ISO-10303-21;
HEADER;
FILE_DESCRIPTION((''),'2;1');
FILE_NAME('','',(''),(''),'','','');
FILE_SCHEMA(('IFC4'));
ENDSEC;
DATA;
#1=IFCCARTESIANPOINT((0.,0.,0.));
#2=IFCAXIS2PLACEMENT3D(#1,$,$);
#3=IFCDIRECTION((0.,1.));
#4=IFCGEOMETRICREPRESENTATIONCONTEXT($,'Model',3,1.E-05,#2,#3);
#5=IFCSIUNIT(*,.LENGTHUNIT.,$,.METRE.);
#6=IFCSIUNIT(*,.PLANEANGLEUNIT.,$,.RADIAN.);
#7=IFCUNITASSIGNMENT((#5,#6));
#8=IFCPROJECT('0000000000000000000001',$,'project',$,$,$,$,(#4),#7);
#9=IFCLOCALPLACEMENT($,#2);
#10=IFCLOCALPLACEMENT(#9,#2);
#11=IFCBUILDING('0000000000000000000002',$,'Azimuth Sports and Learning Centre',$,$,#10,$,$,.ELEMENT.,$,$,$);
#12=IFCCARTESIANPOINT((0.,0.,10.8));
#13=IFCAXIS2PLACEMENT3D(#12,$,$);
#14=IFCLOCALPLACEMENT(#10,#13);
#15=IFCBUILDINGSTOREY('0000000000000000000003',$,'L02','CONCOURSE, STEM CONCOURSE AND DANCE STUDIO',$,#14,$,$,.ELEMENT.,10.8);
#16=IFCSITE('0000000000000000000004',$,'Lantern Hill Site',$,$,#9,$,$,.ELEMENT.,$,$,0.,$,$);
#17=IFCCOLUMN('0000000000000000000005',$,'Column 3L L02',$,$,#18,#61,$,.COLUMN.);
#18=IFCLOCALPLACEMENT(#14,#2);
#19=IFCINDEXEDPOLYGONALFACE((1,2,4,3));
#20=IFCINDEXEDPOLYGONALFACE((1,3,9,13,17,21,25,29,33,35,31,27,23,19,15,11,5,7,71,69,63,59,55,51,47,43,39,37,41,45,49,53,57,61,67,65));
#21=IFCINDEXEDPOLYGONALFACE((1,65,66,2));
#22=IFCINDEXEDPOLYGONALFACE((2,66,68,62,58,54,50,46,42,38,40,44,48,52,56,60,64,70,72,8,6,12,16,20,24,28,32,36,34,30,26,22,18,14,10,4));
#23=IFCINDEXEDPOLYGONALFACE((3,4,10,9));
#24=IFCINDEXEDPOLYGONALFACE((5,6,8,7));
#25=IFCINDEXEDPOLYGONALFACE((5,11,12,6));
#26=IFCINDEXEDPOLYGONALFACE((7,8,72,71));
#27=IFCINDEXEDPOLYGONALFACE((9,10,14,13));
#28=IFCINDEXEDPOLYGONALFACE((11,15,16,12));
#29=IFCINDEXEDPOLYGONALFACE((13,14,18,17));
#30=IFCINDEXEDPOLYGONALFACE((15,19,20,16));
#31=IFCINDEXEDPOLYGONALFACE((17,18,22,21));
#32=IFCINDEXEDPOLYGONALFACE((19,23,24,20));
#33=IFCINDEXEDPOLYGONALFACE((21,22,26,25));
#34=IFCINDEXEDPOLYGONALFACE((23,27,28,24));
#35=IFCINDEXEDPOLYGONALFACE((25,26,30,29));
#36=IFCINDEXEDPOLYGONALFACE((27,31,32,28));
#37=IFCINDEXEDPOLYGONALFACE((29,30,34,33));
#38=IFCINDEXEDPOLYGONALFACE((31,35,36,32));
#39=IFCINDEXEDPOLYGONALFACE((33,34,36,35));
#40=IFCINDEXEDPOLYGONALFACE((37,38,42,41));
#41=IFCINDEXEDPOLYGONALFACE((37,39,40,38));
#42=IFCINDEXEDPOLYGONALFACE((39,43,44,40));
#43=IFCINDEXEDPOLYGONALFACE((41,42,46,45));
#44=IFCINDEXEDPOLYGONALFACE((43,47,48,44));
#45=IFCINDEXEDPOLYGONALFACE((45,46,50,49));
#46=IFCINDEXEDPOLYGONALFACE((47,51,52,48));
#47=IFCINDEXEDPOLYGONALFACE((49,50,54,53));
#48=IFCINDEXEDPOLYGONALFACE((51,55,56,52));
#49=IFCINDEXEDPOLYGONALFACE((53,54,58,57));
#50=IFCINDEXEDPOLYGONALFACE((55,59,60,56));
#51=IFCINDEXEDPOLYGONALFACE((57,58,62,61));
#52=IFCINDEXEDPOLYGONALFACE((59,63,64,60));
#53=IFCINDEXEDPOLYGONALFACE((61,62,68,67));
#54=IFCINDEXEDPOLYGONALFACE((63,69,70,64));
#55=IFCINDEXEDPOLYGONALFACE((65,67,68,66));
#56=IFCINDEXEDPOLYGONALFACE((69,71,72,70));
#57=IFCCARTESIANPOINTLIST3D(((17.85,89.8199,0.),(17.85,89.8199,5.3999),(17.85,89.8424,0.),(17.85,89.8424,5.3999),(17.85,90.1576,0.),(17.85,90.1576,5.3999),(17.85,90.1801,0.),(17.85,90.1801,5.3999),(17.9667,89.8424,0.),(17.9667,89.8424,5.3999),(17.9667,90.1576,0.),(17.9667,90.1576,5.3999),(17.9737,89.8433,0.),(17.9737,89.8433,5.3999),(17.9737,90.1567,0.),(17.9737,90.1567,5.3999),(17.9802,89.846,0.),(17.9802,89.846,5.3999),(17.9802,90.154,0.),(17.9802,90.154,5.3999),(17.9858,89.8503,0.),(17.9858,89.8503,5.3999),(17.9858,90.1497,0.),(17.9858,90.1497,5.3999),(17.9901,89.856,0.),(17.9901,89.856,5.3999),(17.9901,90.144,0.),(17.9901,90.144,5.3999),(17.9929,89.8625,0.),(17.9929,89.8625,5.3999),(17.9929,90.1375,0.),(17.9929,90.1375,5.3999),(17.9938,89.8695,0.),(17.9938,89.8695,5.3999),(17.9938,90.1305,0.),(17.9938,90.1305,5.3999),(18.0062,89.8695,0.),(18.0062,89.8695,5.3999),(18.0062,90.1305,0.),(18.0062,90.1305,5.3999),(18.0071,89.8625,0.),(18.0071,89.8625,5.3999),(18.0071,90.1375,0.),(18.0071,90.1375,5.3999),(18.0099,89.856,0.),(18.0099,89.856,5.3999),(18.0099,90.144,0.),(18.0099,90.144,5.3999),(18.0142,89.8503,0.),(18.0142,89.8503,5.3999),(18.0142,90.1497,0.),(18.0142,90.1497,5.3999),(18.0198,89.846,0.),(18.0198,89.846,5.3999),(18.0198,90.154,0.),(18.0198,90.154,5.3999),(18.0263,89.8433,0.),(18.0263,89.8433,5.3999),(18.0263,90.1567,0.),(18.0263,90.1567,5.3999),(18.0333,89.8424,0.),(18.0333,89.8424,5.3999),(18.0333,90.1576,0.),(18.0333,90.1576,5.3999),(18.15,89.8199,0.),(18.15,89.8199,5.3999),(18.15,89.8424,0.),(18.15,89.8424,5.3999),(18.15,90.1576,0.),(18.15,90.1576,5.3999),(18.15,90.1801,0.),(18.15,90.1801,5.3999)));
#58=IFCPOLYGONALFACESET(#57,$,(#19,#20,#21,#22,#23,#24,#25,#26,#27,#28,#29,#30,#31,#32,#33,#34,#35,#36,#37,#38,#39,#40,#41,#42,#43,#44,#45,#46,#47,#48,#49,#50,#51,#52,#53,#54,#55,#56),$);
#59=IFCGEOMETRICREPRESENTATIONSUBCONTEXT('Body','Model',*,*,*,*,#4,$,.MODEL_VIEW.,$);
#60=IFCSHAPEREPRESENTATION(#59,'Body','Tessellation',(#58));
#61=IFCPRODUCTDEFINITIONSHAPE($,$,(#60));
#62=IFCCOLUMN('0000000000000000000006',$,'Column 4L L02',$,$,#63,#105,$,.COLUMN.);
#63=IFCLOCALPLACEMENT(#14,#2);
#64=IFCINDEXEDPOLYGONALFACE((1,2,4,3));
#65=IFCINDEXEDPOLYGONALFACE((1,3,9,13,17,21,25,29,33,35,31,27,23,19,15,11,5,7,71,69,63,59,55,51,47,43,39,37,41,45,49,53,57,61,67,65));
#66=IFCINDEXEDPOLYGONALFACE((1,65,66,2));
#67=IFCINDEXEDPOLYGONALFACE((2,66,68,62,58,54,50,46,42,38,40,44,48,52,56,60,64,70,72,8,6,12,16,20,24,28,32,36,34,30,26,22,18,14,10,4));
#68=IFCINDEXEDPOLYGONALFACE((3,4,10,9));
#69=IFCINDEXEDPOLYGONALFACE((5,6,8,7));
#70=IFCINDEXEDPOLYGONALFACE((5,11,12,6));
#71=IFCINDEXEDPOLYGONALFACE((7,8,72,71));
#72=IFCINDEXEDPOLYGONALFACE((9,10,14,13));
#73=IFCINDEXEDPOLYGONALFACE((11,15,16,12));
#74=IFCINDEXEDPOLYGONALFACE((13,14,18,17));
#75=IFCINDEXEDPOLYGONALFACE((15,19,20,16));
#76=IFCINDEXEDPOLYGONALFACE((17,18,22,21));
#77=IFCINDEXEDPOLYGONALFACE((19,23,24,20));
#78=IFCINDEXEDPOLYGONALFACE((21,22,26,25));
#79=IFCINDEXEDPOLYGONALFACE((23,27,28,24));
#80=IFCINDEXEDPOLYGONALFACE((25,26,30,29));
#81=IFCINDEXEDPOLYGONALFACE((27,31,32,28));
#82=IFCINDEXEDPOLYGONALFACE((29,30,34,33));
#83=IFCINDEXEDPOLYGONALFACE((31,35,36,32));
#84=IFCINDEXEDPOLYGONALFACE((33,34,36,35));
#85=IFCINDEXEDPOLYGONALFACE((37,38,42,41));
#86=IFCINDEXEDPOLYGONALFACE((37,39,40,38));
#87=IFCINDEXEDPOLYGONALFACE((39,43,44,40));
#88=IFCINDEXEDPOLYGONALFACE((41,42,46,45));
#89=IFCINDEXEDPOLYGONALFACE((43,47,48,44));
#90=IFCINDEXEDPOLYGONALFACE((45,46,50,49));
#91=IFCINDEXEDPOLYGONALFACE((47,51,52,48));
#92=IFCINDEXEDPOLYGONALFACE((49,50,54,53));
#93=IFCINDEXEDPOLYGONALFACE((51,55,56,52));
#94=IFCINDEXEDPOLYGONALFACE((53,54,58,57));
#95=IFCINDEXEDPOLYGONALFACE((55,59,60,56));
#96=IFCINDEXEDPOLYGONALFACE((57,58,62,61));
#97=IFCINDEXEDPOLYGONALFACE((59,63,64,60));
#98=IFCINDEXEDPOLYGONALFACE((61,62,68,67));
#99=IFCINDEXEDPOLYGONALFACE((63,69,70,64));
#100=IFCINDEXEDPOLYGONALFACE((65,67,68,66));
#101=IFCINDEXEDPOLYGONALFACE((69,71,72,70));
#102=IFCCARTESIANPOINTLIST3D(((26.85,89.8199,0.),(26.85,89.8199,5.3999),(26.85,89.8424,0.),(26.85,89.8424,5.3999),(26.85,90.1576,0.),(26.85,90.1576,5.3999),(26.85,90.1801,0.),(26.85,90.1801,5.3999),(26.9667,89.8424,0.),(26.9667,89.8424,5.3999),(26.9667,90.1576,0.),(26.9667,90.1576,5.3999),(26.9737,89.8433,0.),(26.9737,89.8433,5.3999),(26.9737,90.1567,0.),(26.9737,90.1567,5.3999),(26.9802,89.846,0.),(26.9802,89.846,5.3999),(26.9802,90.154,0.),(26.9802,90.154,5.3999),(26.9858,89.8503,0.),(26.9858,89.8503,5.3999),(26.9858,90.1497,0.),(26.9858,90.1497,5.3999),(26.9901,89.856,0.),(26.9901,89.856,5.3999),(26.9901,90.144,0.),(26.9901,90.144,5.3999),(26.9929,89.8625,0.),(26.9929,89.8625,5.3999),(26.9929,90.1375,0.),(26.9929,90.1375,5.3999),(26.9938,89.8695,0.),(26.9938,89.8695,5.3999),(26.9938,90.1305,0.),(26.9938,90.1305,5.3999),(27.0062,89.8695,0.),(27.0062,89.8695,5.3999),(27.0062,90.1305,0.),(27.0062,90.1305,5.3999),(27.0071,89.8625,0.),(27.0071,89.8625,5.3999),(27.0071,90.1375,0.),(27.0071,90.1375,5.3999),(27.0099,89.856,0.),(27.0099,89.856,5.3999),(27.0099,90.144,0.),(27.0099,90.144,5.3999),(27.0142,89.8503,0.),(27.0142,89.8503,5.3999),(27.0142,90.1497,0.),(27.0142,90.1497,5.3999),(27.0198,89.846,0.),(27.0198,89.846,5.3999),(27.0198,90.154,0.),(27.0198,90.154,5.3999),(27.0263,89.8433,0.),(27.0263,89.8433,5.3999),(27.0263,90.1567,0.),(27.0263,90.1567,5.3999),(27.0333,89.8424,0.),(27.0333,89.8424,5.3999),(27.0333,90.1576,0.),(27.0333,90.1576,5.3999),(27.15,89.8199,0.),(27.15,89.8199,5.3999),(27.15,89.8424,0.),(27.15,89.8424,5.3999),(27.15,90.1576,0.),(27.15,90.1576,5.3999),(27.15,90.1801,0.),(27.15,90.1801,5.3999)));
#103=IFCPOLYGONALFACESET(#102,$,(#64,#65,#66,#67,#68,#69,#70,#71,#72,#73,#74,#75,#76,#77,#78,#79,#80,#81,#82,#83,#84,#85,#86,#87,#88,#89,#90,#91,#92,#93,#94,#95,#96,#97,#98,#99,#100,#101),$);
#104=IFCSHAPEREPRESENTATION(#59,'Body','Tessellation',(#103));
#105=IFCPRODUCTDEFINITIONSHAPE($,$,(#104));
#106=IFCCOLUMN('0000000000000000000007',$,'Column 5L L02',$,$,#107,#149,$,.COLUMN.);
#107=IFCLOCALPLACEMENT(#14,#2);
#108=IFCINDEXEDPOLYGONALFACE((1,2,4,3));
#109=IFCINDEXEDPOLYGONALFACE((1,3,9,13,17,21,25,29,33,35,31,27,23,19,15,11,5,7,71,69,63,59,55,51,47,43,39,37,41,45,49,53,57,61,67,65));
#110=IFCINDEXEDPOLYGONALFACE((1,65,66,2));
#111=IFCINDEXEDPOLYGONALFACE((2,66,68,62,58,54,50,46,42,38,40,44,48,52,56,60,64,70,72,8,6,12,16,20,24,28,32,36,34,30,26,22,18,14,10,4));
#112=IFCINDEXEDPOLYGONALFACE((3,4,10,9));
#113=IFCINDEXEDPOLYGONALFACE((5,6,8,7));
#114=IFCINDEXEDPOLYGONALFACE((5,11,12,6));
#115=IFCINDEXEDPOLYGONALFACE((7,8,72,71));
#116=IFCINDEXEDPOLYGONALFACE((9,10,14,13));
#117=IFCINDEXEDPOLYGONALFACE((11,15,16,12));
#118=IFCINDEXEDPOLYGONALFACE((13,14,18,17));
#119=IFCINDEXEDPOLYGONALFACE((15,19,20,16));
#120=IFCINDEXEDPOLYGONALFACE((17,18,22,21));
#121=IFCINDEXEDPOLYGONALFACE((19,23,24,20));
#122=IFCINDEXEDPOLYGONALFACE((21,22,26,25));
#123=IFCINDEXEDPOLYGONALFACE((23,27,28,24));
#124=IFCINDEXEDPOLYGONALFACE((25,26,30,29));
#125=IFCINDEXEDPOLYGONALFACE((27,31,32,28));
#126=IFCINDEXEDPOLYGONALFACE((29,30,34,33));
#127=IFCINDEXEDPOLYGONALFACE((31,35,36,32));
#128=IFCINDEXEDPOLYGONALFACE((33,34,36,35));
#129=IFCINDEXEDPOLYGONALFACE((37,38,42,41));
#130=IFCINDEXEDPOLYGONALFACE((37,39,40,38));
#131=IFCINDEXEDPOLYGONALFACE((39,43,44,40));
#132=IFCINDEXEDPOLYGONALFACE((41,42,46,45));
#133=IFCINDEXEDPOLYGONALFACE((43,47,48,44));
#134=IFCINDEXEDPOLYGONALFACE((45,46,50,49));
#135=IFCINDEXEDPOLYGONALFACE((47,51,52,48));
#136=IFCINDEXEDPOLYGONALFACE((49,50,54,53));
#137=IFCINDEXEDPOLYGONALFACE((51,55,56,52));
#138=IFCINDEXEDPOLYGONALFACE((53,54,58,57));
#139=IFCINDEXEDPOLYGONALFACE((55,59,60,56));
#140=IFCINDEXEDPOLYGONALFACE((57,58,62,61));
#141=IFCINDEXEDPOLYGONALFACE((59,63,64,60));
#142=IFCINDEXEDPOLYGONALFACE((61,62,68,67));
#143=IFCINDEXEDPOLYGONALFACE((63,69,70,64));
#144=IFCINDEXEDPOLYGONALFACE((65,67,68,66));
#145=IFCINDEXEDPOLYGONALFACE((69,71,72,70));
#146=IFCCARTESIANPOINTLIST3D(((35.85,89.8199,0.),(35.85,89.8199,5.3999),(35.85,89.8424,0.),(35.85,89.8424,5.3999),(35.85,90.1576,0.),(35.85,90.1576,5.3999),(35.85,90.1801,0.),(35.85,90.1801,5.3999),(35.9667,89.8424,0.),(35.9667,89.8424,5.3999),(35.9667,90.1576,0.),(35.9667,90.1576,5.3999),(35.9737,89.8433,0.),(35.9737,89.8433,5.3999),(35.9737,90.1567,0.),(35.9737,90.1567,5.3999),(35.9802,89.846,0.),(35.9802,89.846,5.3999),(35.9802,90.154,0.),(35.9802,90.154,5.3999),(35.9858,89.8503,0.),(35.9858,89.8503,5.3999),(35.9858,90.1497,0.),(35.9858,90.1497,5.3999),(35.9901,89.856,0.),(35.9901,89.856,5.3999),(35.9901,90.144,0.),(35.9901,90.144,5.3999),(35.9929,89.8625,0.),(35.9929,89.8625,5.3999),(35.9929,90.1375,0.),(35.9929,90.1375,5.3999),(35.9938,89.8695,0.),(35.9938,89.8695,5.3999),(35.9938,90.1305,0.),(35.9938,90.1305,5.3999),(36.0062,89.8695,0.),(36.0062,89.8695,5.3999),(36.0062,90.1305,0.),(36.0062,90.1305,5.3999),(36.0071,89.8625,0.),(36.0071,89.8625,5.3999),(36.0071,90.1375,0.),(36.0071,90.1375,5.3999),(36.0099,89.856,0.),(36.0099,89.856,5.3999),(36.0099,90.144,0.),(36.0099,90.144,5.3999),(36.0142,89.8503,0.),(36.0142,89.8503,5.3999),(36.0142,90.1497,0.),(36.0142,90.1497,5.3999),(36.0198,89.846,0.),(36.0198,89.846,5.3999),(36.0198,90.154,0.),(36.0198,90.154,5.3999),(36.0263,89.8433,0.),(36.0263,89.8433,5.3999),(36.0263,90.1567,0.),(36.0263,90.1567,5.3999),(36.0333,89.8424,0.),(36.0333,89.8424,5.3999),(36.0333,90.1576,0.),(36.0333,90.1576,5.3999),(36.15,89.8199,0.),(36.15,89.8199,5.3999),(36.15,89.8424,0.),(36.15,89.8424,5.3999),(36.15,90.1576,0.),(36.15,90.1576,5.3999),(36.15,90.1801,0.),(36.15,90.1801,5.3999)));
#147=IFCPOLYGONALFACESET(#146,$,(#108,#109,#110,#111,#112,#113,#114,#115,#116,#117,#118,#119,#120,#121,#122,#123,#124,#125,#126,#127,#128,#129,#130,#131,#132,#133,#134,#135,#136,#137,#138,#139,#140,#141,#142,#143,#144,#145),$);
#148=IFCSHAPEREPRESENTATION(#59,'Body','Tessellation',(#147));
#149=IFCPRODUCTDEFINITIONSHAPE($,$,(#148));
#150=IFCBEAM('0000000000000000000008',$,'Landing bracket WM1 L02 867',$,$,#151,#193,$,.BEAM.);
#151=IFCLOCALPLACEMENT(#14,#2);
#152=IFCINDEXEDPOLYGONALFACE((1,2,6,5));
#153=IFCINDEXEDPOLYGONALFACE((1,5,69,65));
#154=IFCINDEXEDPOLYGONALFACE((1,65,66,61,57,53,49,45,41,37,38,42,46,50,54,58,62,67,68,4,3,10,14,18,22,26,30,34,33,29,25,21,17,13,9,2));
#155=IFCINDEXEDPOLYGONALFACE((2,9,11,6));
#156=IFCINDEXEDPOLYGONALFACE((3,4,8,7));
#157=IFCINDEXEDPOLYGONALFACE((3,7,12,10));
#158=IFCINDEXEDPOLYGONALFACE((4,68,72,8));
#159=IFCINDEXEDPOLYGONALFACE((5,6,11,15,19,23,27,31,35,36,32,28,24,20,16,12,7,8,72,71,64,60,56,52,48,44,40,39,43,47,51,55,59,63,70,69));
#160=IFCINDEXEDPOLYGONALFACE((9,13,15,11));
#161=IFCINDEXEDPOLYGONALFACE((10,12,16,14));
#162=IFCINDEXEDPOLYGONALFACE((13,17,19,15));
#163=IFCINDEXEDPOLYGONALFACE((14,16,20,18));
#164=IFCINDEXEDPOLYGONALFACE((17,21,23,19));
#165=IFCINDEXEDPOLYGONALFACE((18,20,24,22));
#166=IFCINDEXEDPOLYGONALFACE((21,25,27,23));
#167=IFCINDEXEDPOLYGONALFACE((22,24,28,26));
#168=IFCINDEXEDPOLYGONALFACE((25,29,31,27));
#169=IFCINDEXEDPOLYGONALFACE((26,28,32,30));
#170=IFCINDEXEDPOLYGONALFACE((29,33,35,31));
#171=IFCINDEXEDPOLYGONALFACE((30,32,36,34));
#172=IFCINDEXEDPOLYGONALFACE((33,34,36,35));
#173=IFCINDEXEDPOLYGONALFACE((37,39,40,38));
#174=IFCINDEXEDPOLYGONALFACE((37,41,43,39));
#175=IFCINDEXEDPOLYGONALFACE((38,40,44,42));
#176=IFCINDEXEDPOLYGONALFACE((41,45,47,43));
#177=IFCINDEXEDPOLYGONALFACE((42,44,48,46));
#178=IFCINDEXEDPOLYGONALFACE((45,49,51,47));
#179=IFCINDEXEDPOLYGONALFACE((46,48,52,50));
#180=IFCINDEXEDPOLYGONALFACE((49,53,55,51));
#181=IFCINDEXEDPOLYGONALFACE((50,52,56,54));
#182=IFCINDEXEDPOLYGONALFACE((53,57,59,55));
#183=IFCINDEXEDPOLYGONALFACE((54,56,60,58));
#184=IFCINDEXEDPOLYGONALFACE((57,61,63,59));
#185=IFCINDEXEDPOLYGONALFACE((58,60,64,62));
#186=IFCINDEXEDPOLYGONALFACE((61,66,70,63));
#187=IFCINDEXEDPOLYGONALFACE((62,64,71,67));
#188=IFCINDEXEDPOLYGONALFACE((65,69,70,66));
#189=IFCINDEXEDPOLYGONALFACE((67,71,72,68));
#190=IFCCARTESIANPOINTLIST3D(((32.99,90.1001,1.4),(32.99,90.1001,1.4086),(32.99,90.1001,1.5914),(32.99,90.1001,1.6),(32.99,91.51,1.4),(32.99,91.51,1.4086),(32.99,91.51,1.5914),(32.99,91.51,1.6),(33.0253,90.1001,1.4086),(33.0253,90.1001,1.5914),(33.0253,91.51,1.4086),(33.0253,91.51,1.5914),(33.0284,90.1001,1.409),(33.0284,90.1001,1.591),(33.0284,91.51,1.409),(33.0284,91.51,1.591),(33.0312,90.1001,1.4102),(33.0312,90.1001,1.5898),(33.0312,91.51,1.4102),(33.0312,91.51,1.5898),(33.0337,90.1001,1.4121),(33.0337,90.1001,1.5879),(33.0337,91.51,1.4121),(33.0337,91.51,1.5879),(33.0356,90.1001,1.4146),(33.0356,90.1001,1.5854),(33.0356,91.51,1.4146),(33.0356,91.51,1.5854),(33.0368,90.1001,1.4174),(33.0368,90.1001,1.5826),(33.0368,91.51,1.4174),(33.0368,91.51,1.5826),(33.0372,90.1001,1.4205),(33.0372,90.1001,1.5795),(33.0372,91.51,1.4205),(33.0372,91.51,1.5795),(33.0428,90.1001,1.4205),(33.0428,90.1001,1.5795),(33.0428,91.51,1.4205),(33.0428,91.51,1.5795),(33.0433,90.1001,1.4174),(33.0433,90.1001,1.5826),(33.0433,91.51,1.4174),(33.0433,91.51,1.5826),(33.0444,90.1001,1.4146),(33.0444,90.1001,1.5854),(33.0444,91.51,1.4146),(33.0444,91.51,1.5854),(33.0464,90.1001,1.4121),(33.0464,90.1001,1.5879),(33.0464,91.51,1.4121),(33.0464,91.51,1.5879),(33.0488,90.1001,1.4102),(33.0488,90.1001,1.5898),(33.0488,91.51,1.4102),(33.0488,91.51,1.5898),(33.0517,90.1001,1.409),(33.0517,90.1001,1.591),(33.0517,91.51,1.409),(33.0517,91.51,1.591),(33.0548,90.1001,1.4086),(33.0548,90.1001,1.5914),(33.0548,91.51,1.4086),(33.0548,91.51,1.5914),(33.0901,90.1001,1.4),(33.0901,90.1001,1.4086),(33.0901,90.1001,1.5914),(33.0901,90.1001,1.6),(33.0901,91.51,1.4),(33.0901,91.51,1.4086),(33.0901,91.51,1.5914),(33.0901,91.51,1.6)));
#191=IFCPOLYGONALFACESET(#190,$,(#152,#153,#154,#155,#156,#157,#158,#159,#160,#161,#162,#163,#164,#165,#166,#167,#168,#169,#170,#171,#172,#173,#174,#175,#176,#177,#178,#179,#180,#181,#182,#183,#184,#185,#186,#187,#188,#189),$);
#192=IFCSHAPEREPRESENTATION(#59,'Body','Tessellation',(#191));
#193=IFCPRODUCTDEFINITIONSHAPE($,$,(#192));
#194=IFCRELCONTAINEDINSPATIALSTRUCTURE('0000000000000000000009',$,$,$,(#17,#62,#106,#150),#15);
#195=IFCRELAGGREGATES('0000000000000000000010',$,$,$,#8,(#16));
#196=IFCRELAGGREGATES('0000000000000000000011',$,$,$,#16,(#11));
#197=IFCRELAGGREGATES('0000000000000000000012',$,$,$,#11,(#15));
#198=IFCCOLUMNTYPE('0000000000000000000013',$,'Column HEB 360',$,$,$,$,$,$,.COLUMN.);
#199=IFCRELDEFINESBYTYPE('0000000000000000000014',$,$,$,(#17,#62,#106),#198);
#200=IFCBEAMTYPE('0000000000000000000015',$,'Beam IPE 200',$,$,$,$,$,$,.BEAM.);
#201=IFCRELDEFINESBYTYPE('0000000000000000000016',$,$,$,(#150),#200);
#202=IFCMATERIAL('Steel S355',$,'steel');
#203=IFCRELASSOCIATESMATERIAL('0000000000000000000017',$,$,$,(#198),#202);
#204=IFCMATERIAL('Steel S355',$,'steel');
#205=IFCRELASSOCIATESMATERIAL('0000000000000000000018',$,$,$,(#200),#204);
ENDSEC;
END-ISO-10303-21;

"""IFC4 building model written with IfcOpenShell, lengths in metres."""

from ifc_helpers import new_model, si_unit, direction, frame, origin, origin_2d, place, context, subcontext, project, spatial, i_section, extrude, material, material_profile, profile_set, type_object, element, save


model = new_model("IFC4")

# Units and contexts
model_context = context("Model", 3, precision=1e-05, world=origin(), true_north=direction((0.0, 1.0)))
body_context = subcontext(model_context, "Body", "Model", "MODEL_VIEW")
ifc_project = project(units=[si_unit("LENGTHUNIT", "METRE"), si_unit("PLANEANGLEUNIT", "RADIAN")], contexts=[model_context])

# Site, building, storey
site_placement = place(None, origin())
site = spatial("IfcSite", under=ifc_project, at=site_placement, Name="Lantern Hill Site", CompositionType="ELEMENT", RefElevation=0.0)
building_placement = place(site_placement, origin())
building = spatial("IfcBuilding", under=site, at=building_placement, Name="Azimuth Sports and Learning Centre", CompositionType="ELEMENT")
storey_placement = place(building_placement, frame((0.0, 0.0, 10.8)))
storey = spatial("IfcBuildingStorey", under=building, at=storey_placement, Name="L02", Description="CONCOURSE, STEM CONCOURSE AND DANCE STUDIO", CompositionType="ELEMENT", Elevation=10.8)

# Columns
ifc_material_1 = material(Name="Steel S355", Category="steel")
ifc_material_profile_1 = material_profile(ifc_material_1, i_section(OverallWidth=0.3, OverallDepth=0.3601, WebThickness=0.0125, FlangeThickness=0.0225, FilletRadius=0.0271, at=origin_2d()), Name="HEB 360")
ifc_profile_set_1 = profile_set([ifc_material_profile_1], Name="Steel S355")
column_type = type_object("IfcColumnType", Name="Column HEB 360", PredefinedType="COLUMN", material=ifc_profile_set_1)
for number, where, z_axis, x_axis, name in (
    (1, (18.0, 90.0, 0.0), (0.0, 0.0, 1.0), (1.0, 0.0, 0.0), "Column 3L L02"),
    (2, (27.0, 90.0, 0.0), (0.0, 0.0, 1.0), (1.0, 0.0, 0.0), "Column 4L L02"),
    (3, (36.0, 90.0, 0.0), (0.0, 0.0, 1.0), (1.0, 0.0, 0.0), "Column 5L L02"),
):
    element("IfcColumn", number, at=place(storey_placement, frame(where, z_axis=z_axis, x_axis=x_axis)), inside=storey, type_object=column_type, Name=name, PredefinedType="COLUMN", context=body_context, shape_type="SweptSolid", body=[
        extrude(i_section(OverallWidth=0.3, OverallDepth=0.3601, WebThickness=0.0125, FlangeThickness=0.0225, FilletRadius=0.0271, at=origin_2d()), origin(), (0.0, 0.0, 1.0), 5.3999),
    ])

# Beam
ifc_material_2 = material(Name="Steel S355", Category="steel")
ifc_material_profile_2 = material_profile(ifc_material_2, i_section(OverallWidth=0.1001, OverallDepth=0.2, WebThickness=0.0056, FlangeThickness=0.0085, FilletRadius=0.012, at=origin_2d()), Name="IPE 200")
ifc_profile_set_2 = profile_set([ifc_material_profile_2], Name="Steel S355")
beam_type_1 = type_object("IfcBeamType", Name="Beam IPE 200", PredefinedType="BEAM", material=ifc_profile_set_2)
for number, where, z_axis, x_axis, name in (
    (4, (33.04, 90.1001, 1.5), (0.0, 1.0, 0.0), (-1.0, 0.0, 0.0), "Landing bracket WM1 L02 867"),
):
    element("IfcBeam", number, at=place(storey_placement, frame(where, z_axis=z_axis, x_axis=x_axis)), inside=storey, type_object=beam_type_1, Name=name, PredefinedType="BEAM", context=body_context, shape_type="SweptSolid", body=[
        extrude(i_section(OverallWidth=0.1001, OverallDepth=0.2, WebThickness=0.0056, FlangeThickness=0.0085, FilletRadius=0.012, at=origin_2d()), origin(), (0.0, 0.0, 1.0), 1.4099),
    ])

save(model, "model.ifc")
